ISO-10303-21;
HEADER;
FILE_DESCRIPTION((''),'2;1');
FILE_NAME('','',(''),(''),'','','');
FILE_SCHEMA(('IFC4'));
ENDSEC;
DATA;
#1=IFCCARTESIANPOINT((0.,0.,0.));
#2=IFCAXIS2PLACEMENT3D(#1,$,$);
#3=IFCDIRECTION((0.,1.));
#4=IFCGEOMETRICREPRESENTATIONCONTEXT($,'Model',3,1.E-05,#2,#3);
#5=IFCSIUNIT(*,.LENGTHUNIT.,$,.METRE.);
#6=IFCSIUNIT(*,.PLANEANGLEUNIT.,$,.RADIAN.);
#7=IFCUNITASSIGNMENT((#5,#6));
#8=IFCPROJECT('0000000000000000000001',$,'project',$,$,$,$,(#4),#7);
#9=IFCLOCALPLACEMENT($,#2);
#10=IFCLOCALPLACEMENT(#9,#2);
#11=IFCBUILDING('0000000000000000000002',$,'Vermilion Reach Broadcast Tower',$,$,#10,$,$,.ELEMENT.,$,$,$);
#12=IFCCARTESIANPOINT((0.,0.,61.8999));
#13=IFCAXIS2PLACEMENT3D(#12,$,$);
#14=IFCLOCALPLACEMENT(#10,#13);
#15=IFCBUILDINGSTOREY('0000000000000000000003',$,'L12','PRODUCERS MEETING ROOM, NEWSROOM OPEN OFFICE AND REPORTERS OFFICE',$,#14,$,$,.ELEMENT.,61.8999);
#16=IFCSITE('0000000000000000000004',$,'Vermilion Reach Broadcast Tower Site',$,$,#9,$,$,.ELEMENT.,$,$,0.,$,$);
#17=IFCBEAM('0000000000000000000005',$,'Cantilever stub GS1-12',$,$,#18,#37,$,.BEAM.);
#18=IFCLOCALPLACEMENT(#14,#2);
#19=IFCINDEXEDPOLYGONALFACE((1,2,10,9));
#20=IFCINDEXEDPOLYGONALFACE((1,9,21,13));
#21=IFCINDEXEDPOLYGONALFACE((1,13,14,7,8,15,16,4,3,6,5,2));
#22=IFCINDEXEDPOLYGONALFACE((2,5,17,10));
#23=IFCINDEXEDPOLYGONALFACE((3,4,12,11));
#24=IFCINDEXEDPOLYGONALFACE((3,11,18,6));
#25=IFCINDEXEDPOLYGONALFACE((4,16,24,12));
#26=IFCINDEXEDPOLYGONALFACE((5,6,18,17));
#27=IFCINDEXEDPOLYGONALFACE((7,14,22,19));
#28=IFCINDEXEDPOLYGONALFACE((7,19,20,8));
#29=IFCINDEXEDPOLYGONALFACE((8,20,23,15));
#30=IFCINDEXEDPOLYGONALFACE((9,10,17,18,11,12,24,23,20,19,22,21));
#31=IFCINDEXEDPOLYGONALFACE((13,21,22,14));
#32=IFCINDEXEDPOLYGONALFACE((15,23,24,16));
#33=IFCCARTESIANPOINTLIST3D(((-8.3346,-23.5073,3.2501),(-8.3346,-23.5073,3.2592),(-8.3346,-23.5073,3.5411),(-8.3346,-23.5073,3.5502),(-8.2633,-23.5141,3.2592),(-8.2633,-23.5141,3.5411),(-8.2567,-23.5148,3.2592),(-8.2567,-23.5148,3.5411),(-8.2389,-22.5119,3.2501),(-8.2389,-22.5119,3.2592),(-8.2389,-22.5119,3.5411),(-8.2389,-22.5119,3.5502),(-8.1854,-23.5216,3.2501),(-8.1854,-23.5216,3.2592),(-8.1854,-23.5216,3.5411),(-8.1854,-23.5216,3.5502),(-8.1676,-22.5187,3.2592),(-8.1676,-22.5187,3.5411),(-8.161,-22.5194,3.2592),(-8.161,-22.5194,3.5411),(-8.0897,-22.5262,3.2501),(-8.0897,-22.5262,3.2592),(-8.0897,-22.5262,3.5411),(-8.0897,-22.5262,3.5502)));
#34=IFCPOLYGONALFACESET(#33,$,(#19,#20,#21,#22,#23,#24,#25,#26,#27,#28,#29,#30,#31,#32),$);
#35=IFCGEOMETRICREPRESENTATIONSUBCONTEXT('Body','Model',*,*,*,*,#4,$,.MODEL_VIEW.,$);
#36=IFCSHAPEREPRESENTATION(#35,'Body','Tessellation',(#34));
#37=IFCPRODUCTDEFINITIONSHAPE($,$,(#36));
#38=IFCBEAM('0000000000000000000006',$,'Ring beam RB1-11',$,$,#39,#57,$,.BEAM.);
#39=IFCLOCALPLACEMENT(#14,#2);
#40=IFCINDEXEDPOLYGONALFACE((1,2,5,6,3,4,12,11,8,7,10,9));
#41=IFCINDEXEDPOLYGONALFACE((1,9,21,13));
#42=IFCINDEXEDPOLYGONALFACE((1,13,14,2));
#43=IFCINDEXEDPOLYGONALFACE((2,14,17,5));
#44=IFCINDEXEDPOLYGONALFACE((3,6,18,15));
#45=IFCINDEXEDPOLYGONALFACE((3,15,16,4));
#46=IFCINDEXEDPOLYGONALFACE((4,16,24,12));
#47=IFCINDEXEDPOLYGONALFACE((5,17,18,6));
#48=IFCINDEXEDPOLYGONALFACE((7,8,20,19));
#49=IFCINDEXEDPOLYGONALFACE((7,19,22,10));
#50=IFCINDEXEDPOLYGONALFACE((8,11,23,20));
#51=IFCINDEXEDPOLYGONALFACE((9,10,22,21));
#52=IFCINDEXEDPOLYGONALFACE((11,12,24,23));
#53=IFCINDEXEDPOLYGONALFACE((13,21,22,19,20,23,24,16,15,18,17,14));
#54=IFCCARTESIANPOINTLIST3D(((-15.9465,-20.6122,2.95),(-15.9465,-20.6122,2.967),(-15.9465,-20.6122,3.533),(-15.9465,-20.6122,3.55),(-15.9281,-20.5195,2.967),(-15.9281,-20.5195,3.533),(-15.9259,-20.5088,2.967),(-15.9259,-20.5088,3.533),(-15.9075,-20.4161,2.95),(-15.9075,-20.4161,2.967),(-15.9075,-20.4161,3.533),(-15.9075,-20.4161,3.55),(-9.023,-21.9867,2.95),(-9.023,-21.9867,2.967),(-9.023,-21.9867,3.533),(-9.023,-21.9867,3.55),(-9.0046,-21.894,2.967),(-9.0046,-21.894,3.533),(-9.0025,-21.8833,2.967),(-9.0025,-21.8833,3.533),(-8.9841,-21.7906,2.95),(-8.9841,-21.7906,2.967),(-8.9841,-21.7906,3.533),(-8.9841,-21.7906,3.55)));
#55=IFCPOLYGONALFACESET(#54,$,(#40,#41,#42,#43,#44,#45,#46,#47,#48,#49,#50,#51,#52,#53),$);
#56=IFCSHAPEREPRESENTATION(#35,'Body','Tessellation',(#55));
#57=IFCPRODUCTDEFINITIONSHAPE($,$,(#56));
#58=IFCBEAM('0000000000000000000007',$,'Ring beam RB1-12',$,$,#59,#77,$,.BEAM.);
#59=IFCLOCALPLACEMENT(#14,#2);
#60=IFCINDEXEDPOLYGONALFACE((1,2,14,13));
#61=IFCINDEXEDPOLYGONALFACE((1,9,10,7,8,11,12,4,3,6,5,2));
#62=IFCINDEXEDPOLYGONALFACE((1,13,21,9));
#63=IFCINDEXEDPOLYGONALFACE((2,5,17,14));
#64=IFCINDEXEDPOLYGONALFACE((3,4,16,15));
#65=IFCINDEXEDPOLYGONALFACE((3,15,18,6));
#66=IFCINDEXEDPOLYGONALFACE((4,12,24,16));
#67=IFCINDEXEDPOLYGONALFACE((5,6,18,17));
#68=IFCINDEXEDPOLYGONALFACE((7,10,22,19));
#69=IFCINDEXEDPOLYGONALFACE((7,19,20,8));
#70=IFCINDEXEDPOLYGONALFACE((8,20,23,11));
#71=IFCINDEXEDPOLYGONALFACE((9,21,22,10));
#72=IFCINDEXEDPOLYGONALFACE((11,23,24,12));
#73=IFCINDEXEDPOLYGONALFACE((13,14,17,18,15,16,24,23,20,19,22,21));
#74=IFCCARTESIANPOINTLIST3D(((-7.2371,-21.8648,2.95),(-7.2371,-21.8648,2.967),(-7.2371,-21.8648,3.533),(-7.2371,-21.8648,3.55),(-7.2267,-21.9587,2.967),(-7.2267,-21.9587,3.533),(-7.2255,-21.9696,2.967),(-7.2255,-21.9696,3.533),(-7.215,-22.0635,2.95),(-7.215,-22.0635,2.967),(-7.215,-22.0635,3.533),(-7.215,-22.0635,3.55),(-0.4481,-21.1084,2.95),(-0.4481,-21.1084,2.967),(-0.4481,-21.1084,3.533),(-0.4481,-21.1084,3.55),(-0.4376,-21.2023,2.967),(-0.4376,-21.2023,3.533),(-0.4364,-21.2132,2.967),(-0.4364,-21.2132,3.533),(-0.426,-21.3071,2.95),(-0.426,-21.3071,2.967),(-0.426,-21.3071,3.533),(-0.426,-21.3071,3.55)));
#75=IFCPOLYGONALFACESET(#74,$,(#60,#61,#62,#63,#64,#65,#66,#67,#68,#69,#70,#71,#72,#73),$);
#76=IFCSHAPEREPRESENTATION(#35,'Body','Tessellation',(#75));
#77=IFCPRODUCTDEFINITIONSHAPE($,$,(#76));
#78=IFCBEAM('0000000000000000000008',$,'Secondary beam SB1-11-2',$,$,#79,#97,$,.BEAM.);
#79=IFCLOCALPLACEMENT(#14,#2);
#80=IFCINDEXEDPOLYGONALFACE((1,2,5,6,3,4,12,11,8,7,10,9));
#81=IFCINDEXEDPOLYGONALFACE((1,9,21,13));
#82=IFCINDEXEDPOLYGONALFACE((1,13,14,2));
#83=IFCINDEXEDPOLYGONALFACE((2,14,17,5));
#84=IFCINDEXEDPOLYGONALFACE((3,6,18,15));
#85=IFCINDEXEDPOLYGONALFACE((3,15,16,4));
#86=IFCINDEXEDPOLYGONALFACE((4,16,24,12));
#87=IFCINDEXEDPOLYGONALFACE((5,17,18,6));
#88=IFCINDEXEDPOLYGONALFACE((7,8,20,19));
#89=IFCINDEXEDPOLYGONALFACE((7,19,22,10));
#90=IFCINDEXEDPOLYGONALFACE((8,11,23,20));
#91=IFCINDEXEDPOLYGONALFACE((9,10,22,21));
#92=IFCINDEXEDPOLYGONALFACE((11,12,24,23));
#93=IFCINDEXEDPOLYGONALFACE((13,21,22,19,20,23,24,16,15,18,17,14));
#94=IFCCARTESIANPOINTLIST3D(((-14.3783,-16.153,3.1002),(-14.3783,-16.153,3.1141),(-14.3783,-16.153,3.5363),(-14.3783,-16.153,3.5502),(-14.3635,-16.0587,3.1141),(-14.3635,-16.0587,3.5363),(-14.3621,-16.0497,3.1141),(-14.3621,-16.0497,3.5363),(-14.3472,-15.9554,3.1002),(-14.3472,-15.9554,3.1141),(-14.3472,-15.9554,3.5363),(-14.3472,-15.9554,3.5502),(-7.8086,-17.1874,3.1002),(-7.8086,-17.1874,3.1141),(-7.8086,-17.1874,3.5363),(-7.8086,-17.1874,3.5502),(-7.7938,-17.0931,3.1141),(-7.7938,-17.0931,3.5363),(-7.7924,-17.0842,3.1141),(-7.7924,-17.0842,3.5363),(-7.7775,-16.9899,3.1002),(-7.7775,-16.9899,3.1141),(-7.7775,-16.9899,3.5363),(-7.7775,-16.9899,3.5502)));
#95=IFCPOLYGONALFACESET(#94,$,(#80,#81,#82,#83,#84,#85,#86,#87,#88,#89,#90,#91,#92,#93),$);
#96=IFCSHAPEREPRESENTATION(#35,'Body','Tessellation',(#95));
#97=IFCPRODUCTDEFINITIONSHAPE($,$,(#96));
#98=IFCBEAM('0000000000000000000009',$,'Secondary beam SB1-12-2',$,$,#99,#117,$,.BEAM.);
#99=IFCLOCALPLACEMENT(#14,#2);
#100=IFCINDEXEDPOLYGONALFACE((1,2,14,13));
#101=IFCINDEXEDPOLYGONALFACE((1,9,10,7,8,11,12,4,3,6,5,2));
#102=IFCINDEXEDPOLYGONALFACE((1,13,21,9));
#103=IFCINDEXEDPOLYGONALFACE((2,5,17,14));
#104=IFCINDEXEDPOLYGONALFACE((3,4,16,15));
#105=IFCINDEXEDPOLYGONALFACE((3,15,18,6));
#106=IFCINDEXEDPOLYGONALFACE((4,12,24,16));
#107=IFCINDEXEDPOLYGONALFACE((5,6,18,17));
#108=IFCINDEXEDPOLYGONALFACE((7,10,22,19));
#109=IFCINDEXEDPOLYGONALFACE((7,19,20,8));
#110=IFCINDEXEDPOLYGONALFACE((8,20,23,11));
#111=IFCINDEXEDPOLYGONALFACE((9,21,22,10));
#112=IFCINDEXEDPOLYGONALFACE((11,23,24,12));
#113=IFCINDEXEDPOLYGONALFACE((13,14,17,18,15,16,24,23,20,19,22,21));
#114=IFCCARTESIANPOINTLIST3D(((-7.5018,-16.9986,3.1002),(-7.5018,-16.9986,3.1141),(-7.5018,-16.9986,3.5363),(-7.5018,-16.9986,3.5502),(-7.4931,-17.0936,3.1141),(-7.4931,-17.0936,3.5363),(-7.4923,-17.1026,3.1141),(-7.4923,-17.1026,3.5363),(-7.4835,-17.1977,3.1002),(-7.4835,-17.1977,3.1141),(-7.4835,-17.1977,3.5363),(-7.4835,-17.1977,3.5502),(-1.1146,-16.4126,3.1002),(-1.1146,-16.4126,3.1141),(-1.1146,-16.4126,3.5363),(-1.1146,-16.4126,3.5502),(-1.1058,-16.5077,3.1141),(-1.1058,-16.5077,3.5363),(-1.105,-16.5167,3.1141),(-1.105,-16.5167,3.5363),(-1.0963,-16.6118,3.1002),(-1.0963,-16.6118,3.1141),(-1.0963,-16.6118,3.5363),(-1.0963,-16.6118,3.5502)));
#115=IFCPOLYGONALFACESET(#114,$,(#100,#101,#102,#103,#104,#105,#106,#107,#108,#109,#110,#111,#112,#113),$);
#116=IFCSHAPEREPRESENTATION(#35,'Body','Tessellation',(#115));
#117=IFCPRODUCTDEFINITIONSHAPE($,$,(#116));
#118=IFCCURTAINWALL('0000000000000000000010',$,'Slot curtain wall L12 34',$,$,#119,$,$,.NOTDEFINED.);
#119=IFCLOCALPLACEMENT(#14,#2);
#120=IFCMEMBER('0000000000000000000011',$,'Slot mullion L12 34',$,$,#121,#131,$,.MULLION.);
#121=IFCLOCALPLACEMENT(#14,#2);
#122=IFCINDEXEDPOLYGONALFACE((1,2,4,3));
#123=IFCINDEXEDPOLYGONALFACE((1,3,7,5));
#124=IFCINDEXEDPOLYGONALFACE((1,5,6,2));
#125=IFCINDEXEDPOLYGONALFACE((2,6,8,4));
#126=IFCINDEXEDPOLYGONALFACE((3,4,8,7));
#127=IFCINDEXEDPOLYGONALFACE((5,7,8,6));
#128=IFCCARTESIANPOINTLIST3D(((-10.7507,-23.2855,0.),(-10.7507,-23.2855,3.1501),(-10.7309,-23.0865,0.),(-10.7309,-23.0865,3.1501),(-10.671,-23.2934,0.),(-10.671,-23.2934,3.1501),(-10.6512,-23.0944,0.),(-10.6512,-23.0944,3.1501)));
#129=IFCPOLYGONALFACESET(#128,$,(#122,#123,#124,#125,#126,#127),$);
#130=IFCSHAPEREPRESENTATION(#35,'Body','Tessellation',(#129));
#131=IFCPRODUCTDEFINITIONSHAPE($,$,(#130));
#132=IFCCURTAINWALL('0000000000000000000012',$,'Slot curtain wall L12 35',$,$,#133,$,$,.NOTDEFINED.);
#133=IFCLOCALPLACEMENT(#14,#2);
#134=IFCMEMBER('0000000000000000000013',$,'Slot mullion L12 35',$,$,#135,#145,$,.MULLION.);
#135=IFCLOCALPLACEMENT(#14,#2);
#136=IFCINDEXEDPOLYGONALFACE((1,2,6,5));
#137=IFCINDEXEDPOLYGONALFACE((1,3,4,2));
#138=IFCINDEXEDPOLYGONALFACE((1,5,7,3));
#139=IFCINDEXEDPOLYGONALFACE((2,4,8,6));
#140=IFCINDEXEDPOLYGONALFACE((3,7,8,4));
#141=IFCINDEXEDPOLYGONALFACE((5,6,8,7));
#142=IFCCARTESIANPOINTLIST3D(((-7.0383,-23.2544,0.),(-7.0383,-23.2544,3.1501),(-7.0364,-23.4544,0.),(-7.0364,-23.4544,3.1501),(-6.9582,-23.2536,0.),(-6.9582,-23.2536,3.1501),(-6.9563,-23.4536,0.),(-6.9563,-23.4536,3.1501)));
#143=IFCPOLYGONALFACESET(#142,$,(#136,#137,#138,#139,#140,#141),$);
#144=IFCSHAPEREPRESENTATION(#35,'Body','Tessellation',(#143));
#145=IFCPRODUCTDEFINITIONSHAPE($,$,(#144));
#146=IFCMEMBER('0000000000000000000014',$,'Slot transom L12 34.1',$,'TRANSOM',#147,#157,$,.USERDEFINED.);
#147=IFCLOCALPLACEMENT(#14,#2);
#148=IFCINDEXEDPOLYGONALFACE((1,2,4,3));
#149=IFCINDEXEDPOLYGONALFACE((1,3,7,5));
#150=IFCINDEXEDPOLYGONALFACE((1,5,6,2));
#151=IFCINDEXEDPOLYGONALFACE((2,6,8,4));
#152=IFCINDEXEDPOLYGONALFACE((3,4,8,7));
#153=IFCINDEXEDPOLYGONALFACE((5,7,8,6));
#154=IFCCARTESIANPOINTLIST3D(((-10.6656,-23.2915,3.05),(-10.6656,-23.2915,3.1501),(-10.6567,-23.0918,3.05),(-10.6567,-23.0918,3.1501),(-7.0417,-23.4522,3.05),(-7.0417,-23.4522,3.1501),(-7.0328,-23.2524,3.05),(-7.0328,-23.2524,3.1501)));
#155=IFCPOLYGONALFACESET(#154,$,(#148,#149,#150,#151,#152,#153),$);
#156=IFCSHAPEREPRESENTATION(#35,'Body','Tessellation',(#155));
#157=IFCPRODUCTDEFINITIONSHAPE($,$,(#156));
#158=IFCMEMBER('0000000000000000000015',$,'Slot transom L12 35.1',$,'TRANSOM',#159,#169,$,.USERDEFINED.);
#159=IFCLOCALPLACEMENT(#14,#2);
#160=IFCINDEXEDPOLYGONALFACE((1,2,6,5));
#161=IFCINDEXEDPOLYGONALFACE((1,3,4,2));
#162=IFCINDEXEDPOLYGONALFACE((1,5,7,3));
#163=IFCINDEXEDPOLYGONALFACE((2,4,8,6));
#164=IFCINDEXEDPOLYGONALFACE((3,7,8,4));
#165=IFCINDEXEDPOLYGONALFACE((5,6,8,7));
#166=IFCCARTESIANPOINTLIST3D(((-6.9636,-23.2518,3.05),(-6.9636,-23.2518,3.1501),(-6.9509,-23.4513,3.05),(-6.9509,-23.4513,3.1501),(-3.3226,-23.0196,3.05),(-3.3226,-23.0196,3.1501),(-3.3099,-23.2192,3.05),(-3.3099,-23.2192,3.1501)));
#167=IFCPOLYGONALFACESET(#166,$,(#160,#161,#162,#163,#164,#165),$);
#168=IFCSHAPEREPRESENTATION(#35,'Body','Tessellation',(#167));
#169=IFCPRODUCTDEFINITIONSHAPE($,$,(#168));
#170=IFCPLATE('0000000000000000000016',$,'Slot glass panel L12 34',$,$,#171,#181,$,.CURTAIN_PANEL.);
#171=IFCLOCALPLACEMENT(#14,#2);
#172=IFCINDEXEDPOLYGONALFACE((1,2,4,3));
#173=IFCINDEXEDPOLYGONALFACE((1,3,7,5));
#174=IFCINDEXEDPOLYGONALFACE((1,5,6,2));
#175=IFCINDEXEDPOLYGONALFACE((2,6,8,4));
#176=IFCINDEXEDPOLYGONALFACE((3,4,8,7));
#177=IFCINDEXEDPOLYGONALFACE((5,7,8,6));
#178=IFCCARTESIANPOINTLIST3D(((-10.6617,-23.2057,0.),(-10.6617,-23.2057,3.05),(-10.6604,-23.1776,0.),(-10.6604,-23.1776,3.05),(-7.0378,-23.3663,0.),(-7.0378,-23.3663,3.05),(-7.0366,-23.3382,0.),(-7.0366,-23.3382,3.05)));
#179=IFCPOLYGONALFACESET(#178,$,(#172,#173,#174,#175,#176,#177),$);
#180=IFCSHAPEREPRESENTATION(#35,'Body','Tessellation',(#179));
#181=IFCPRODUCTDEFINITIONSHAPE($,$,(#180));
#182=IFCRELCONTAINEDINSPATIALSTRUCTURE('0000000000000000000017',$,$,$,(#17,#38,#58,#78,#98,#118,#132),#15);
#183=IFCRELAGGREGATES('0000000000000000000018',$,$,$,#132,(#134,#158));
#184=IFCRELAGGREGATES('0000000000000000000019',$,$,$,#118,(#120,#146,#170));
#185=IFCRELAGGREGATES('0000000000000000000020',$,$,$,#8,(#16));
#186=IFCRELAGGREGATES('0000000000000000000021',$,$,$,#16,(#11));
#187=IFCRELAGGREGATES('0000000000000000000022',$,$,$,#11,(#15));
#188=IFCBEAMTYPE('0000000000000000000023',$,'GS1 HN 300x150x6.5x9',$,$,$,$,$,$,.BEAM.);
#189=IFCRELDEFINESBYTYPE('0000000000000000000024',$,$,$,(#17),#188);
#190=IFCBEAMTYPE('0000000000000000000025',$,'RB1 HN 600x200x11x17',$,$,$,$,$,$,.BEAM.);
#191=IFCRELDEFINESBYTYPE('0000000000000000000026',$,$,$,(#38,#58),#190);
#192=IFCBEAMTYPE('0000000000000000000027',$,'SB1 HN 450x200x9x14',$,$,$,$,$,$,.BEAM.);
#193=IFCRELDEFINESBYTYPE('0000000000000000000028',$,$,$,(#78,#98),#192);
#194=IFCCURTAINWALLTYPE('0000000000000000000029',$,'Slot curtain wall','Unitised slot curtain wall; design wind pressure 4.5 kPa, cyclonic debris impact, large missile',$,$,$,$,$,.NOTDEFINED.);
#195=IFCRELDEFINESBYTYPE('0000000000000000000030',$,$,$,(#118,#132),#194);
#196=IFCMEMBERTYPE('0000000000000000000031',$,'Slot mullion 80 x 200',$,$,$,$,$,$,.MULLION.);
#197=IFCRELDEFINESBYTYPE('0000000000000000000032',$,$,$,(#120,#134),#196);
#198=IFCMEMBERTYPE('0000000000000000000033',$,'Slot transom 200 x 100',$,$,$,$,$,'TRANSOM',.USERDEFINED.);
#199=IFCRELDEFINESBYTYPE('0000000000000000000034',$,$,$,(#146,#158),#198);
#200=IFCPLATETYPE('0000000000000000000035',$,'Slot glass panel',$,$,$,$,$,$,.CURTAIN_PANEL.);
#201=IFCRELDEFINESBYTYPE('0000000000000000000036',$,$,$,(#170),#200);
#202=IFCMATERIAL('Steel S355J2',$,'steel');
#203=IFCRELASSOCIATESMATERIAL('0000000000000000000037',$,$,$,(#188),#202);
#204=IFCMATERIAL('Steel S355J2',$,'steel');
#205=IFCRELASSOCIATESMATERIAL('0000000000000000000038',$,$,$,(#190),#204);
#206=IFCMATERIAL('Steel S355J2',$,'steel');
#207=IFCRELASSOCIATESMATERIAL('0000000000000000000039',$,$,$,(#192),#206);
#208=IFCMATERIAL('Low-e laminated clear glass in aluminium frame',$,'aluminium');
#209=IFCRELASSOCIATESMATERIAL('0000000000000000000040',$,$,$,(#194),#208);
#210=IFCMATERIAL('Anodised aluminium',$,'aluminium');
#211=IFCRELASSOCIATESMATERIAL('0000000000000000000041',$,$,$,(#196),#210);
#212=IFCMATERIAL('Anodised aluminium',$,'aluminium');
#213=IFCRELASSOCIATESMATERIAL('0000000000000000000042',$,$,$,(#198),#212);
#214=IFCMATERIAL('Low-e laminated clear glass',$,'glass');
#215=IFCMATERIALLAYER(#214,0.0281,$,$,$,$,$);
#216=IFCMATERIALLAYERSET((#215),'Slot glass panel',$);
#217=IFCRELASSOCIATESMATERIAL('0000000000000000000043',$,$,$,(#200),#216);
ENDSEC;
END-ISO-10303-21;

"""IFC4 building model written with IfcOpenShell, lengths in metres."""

from ifc_helpers import new_model, si_unit, direction, frame, origin, origin_2d, place, context, subcontext, project, spatial, rectangle, i_section, extrude, material, layer, layer_set, material_profile, profile_set, type_object, element, aggregate, save


model = new_model("IFC4")

# Units and contexts
model_context = context("Model", 3, precision=1e-05, world=origin(), true_north=direction((0.0, 1.0)))
body_context = subcontext(model_context, "Body", "Model", "MODEL_VIEW")
ifc_project = project(units=[si_unit("LENGTHUNIT", "METRE"), si_unit("PLANEANGLEUNIT", "RADIAN")], contexts=[model_context])

# Site, building, storey
site_placement = place(None, origin())
site = spatial("IfcSite", under=ifc_project, at=site_placement, Name="Vermilion Reach Broadcast Tower Site", CompositionType="ELEMENT", RefElevation=0.0)
building_placement = place(site_placement, origin())
building = spatial("IfcBuilding", under=site, at=building_placement, Name="Vermilion Reach Broadcast Tower", CompositionType="ELEMENT")
storey_placement = place(building_placement, frame((0.0, 0.0, 61.8999)))
storey = spatial("IfcBuildingStorey", under=building, at=storey_placement, Name="L12", Description="PRODUCERS MEETING ROOM, NEWSROOM OPEN OFFICE AND REPORTERS OFFICE", CompositionType="ELEMENT", Elevation=61.8999)

# Beams
ifc_material_1 = material(Name="Steel S355J2", Category="steel")
ifc_material_profile_1 = material_profile(ifc_material_1, i_section(OverallWidth=0.1499, OverallDepth=0.3, WebThickness=0.0066, FlangeThickness=0.009, at=origin_2d()), Name="S355J2 HN 300x150x6.5x9")
ifc_profile_set_1 = profile_set([ifc_material_profile_1], Name="Steel S355J2")
beam_type_1 = type_object("IfcBeamType", Name="GS1 HN 300x150x6.5x9", PredefinedType="BEAM", material=ifc_profile_set_1)
for number, where, z_axis, x_axis, name in (
    (1, (-8.1643, -22.519, 3.4001), (-0.095708, -0.995409, 0.0), (0.995409, -0.095708, 0.0), "Cantilever stub GS1-12"),
):
    element("IfcBeam", number, at=place(storey_placement, frame(where, z_axis=z_axis, x_axis=x_axis)), inside=storey, type_object=beam_type_1, Name=name, PredefinedType="BEAM", context=body_context, shape_type="SweptSolid", body=[
        extrude(i_section(OverallWidth=0.1499, OverallDepth=0.3, WebThickness=0.0066, FlangeThickness=0.009, at=origin_2d()), origin(), (0.0, 0.0, 1.0), 1.0),
    ])
ifc_material_2 = material(Name="Steel S355J2", Category="steel")
ifc_material_profile_2 = material_profile(ifc_material_2, i_section(OverallWidth=0.2, OverallDepth=0.6001, WebThickness=0.011, FlangeThickness=0.0171, at=origin_2d()), Name="S355J2 HN 600x200x11x17")
ifc_profile_set_2 = profile_set([ifc_material_profile_2], Name="Steel S355J2")
beam_type_2 = type_object("IfcBeamType", Name="RB1 HN 600x200x11x17", PredefinedType="BEAM", material=ifc_profile_set_2)
beam_1_placement = place(storey_placement, frame((-15.927, -20.5142, 3.25), z_axis=(0.980858, -0.194726, 0.0), x_axis=(0.194726, 0.980858, 0.0)))
element("IfcBeam", 2, at=beam_1_placement, inside=storey, type_object=beam_type_2, Name="Ring beam RB1-11", PredefinedType="BEAM", context=body_context, shape_type="SweptSolid", body=[
    extrude(i_section(OverallWidth=0.2, OverallDepth=0.6001, WebThickness=0.011, FlangeThickness=0.0171, at=origin_2d()), origin(), (0.0, 0.0, 1.0), 7.0586),
])
beam_2_placement = place(storey_placement, frame((-7.2261, -21.9641, 3.25), z_axis=(0.993851, 0.110722, 0.0), x_axis=(-0.110722, 0.993851, 0.0)))
element("IfcBeam", 3, at=beam_2_placement, inside=storey, type_object=beam_type_2, Name="Ring beam RB1-12", PredefinedType="BEAM", context=body_context, shape_type="SweptSolid", body=[
    extrude(i_section(OverallWidth=0.2, OverallDepth=0.6001, WebThickness=0.011, FlangeThickness=0.0171, at=origin_2d()), origin(), (0.0, 0.0, 1.0), 6.8311),
])
ifc_material_3 = material(Name="Steel S355J2", Category="steel")
ifc_material_profile_3 = material_profile(ifc_material_3, i_section(OverallWidth=0.2, OverallDepth=0.45, WebThickness=0.009, FlangeThickness=0.0139, at=origin_2d()), Name="S355J2 HN 450x200x9x14")
ifc_profile_set_3 = profile_set([ifc_material_profile_3], Name="Steel S355J2")
beam_type_3 = type_object("IfcBeamType", Name="SB1 HN 450x200x9x14", PredefinedType="BEAM", material=ifc_profile_set_3)
beam_3_placement = place(storey_placement, frame((-14.3628, -16.0542, 3.3252), z_axis=(0.98783, -0.15554, 0.0), x_axis=(0.15554, 0.98783, 0.0)))
element("IfcBeam", 4, at=beam_3_placement, inside=storey, type_object=beam_type_3, Name="Secondary beam SB1-11-2", PredefinedType="BEAM", context=body_context, shape_type="SweptSolid", body=[
    extrude(i_section(OverallWidth=0.2, OverallDepth=0.45, WebThickness=0.009, FlangeThickness=0.0139, at=origin_2d()), origin(), (0.0, 0.0, 1.0), 6.6506),
])
beam_4_placement = place(storey_placement, frame((-7.4927, -17.0981, 3.3252), z_axis=(0.995819, 0.091353, 0.0), x_axis=(-0.091353, 0.995819, 0.0)))
element("IfcBeam", 5, at=beam_4_placement, inside=storey, type_object=beam_type_3, Name="Secondary beam SB1-12-2", PredefinedType="BEAM", context=body_context, shape_type="SweptSolid", body=[
    extrude(i_section(OverallWidth=0.2, OverallDepth=0.45, WebThickness=0.009, FlangeThickness=0.0139, at=origin_2d()), origin(), (0.0, 0.0, 1.0), 6.4141),
])

# Curtain walls, members
ifc_material_4 = material(Name="Low-e laminated clear glass in aluminium frame", Category="aluminium")
curtain_wall_type = type_object("IfcCurtainWallType", Name="Slot curtain wall", Description="Unitised slot curtain wall; design wind pressure 4.5 kPa, cyclonic debris impact, large missile", PredefinedType="NOTDEFINED", material=ifc_material_4)
placement = place(storey_placement, origin())
curtain_wall_1 = element("IfcCurtainWall", 6, at=placement, inside=storey, type_object=curtain_wall_type, Name="Slot curtain wall L12 34", PredefinedType="NOTDEFINED")
ifc_material_5 = material(Name="Anodised aluminium", Category="aluminium")
ifc_material_profile_4 = material_profile(ifc_material_5, rectangle(XDim=0.2, YDim=0.0801, at=origin_2d()), Name="Slot mullion 80 x 200")
ifc_profile_set_4 = profile_set([ifc_material_profile_4], Name="Anodised aluminium")
member_type_1 = type_object("IfcMemberType", Name="Slot mullion 80 x 200", PredefinedType="MULLION", material=ifc_profile_set_4)
member_1_placement = place(storey_placement, frame((-10.7009, -23.1899, 0.0), z_axis=(0.0, 0.0, 1.0), x_axis=(0.09899, 0.995088, 0.0)))
member_1 = element("IfcMember", 7, at=member_1_placement, type_object=member_type_1, Name="Slot mullion L12 34", PredefinedType="MULLION", context=body_context, shape_type="SweptSolid", body=[
    extrude(rectangle(XDim=0.2, YDim=0.0801, at=origin_2d()), origin(), (0.0, 0.0, 1.0), 3.1501),
])
curtain_wall_2 = element("IfcCurtainWall", 8, at=placement, inside=storey, type_object=curtain_wall_type, Name="Slot curtain wall L12 35", PredefinedType="NOTDEFINED")
member_2_placement = place(storey_placement, frame((-6.9973, -23.354, 0.0), z_axis=(0.0, 0.0, 1.0), x_axis=(-0.00967, 0.999953, 0.0)))
member_2 = element("IfcMember", 9, at=member_2_placement, type_object=member_type_1, Name="Slot mullion L12 35", PredefinedType="MULLION", context=body_context, shape_type="SweptSolid", body=[
    extrude(rectangle(XDim=0.2, YDim=0.0801, at=origin_2d()), origin(), (0.0, 0.0, 1.0), 3.1501),
])

# Members
ifc_material_6 = material(Name="Anodised aluminium", Category="aluminium")
ifc_material_profile_5 = material_profile(ifc_material_6, rectangle(XDim=0.2, YDim=0.1001, at=origin_2d()), Name="Slot transom 200 x 100")
ifc_profile_set_5 = profile_set([ifc_material_profile_5], Name="Anodised aluminium")
member_type_2 = type_object("IfcMemberType", Name="Slot transom 200 x 100", ElementType="TRANSOM", PredefinedType="USERDEFINED", material=ifc_profile_set_5)
member_3_placement = place(storey_placement, frame((-10.6611, -23.1917, 3.1001), z_axis=(0.999019, -0.044287, 0.0), x_axis=(0.044287, 0.999019, 0.0)))
member_3 = element("IfcMember", 10, at=member_3_placement, type_object=member_type_2, Name="Slot transom L12 34.1", ObjectType="TRANSOM", PredefinedType="USERDEFINED", context=body_context, shape_type="SweptSolid", body=[
    extrude(rectangle(XDim=0.2, YDim=0.1001, at=origin_2d()), origin(), (0.0, 0.0, 1.0), 3.6274),
])
member_4_placement = place(storey_placement, frame((-6.9573, -23.3516, 3.1001), z_axis=(0.997973, 0.063636, 0.0), x_axis=(-0.063636, 0.997973, 0.0)))
member_4 = element("IfcMember", 11, at=member_4_placement, type_object=member_type_2, Name="Slot transom L12 35.1", ObjectType="TRANSOM", PredefinedType="USERDEFINED", context=body_context, shape_type="SweptSolid", body=[
    extrude(rectangle(XDim=0.2, YDim=0.1001, at=origin_2d()), origin(), (0.0, 0.0, 1.0), 3.6484),
])
aggregate(curtain_wall_2, [member_2, member_4])

# Plate
ifc_material_7 = material(Name="Low-e laminated clear glass", Category="glass")
ifc_layer_1 = layer(ifc_material_7, 0.0281)
ifc_layer_set_1 = layer_set([ifc_layer_1], Name="Slot glass panel")
plate_type = type_object("IfcPlateType", Name="Slot glass panel", PredefinedType="CURTAIN_PANEL", material=ifc_layer_set_1)
plate_placement = place(storey_placement, frame((-8.8491, -23.272, 0.0), z_axis=(0.0, 0.0, 1.0), x_axis=(0.999019, -0.044274, 0.0)))
plate = element("IfcPlate", 12, at=plate_placement, type_object=plate_type, Name="Slot glass panel L12 34", PredefinedType="CURTAIN_PANEL", context=body_context, shape_type="SweptSolid", body=[
    extrude(rectangle(XDim=3.6274, YDim=0.0281, at=origin_2d()), origin(), (0.0, 0.0, 1.0), 3.05),
])
aggregate(curtain_wall_1, [member_1, member_3, plate])

save(model, "model.ifc")
